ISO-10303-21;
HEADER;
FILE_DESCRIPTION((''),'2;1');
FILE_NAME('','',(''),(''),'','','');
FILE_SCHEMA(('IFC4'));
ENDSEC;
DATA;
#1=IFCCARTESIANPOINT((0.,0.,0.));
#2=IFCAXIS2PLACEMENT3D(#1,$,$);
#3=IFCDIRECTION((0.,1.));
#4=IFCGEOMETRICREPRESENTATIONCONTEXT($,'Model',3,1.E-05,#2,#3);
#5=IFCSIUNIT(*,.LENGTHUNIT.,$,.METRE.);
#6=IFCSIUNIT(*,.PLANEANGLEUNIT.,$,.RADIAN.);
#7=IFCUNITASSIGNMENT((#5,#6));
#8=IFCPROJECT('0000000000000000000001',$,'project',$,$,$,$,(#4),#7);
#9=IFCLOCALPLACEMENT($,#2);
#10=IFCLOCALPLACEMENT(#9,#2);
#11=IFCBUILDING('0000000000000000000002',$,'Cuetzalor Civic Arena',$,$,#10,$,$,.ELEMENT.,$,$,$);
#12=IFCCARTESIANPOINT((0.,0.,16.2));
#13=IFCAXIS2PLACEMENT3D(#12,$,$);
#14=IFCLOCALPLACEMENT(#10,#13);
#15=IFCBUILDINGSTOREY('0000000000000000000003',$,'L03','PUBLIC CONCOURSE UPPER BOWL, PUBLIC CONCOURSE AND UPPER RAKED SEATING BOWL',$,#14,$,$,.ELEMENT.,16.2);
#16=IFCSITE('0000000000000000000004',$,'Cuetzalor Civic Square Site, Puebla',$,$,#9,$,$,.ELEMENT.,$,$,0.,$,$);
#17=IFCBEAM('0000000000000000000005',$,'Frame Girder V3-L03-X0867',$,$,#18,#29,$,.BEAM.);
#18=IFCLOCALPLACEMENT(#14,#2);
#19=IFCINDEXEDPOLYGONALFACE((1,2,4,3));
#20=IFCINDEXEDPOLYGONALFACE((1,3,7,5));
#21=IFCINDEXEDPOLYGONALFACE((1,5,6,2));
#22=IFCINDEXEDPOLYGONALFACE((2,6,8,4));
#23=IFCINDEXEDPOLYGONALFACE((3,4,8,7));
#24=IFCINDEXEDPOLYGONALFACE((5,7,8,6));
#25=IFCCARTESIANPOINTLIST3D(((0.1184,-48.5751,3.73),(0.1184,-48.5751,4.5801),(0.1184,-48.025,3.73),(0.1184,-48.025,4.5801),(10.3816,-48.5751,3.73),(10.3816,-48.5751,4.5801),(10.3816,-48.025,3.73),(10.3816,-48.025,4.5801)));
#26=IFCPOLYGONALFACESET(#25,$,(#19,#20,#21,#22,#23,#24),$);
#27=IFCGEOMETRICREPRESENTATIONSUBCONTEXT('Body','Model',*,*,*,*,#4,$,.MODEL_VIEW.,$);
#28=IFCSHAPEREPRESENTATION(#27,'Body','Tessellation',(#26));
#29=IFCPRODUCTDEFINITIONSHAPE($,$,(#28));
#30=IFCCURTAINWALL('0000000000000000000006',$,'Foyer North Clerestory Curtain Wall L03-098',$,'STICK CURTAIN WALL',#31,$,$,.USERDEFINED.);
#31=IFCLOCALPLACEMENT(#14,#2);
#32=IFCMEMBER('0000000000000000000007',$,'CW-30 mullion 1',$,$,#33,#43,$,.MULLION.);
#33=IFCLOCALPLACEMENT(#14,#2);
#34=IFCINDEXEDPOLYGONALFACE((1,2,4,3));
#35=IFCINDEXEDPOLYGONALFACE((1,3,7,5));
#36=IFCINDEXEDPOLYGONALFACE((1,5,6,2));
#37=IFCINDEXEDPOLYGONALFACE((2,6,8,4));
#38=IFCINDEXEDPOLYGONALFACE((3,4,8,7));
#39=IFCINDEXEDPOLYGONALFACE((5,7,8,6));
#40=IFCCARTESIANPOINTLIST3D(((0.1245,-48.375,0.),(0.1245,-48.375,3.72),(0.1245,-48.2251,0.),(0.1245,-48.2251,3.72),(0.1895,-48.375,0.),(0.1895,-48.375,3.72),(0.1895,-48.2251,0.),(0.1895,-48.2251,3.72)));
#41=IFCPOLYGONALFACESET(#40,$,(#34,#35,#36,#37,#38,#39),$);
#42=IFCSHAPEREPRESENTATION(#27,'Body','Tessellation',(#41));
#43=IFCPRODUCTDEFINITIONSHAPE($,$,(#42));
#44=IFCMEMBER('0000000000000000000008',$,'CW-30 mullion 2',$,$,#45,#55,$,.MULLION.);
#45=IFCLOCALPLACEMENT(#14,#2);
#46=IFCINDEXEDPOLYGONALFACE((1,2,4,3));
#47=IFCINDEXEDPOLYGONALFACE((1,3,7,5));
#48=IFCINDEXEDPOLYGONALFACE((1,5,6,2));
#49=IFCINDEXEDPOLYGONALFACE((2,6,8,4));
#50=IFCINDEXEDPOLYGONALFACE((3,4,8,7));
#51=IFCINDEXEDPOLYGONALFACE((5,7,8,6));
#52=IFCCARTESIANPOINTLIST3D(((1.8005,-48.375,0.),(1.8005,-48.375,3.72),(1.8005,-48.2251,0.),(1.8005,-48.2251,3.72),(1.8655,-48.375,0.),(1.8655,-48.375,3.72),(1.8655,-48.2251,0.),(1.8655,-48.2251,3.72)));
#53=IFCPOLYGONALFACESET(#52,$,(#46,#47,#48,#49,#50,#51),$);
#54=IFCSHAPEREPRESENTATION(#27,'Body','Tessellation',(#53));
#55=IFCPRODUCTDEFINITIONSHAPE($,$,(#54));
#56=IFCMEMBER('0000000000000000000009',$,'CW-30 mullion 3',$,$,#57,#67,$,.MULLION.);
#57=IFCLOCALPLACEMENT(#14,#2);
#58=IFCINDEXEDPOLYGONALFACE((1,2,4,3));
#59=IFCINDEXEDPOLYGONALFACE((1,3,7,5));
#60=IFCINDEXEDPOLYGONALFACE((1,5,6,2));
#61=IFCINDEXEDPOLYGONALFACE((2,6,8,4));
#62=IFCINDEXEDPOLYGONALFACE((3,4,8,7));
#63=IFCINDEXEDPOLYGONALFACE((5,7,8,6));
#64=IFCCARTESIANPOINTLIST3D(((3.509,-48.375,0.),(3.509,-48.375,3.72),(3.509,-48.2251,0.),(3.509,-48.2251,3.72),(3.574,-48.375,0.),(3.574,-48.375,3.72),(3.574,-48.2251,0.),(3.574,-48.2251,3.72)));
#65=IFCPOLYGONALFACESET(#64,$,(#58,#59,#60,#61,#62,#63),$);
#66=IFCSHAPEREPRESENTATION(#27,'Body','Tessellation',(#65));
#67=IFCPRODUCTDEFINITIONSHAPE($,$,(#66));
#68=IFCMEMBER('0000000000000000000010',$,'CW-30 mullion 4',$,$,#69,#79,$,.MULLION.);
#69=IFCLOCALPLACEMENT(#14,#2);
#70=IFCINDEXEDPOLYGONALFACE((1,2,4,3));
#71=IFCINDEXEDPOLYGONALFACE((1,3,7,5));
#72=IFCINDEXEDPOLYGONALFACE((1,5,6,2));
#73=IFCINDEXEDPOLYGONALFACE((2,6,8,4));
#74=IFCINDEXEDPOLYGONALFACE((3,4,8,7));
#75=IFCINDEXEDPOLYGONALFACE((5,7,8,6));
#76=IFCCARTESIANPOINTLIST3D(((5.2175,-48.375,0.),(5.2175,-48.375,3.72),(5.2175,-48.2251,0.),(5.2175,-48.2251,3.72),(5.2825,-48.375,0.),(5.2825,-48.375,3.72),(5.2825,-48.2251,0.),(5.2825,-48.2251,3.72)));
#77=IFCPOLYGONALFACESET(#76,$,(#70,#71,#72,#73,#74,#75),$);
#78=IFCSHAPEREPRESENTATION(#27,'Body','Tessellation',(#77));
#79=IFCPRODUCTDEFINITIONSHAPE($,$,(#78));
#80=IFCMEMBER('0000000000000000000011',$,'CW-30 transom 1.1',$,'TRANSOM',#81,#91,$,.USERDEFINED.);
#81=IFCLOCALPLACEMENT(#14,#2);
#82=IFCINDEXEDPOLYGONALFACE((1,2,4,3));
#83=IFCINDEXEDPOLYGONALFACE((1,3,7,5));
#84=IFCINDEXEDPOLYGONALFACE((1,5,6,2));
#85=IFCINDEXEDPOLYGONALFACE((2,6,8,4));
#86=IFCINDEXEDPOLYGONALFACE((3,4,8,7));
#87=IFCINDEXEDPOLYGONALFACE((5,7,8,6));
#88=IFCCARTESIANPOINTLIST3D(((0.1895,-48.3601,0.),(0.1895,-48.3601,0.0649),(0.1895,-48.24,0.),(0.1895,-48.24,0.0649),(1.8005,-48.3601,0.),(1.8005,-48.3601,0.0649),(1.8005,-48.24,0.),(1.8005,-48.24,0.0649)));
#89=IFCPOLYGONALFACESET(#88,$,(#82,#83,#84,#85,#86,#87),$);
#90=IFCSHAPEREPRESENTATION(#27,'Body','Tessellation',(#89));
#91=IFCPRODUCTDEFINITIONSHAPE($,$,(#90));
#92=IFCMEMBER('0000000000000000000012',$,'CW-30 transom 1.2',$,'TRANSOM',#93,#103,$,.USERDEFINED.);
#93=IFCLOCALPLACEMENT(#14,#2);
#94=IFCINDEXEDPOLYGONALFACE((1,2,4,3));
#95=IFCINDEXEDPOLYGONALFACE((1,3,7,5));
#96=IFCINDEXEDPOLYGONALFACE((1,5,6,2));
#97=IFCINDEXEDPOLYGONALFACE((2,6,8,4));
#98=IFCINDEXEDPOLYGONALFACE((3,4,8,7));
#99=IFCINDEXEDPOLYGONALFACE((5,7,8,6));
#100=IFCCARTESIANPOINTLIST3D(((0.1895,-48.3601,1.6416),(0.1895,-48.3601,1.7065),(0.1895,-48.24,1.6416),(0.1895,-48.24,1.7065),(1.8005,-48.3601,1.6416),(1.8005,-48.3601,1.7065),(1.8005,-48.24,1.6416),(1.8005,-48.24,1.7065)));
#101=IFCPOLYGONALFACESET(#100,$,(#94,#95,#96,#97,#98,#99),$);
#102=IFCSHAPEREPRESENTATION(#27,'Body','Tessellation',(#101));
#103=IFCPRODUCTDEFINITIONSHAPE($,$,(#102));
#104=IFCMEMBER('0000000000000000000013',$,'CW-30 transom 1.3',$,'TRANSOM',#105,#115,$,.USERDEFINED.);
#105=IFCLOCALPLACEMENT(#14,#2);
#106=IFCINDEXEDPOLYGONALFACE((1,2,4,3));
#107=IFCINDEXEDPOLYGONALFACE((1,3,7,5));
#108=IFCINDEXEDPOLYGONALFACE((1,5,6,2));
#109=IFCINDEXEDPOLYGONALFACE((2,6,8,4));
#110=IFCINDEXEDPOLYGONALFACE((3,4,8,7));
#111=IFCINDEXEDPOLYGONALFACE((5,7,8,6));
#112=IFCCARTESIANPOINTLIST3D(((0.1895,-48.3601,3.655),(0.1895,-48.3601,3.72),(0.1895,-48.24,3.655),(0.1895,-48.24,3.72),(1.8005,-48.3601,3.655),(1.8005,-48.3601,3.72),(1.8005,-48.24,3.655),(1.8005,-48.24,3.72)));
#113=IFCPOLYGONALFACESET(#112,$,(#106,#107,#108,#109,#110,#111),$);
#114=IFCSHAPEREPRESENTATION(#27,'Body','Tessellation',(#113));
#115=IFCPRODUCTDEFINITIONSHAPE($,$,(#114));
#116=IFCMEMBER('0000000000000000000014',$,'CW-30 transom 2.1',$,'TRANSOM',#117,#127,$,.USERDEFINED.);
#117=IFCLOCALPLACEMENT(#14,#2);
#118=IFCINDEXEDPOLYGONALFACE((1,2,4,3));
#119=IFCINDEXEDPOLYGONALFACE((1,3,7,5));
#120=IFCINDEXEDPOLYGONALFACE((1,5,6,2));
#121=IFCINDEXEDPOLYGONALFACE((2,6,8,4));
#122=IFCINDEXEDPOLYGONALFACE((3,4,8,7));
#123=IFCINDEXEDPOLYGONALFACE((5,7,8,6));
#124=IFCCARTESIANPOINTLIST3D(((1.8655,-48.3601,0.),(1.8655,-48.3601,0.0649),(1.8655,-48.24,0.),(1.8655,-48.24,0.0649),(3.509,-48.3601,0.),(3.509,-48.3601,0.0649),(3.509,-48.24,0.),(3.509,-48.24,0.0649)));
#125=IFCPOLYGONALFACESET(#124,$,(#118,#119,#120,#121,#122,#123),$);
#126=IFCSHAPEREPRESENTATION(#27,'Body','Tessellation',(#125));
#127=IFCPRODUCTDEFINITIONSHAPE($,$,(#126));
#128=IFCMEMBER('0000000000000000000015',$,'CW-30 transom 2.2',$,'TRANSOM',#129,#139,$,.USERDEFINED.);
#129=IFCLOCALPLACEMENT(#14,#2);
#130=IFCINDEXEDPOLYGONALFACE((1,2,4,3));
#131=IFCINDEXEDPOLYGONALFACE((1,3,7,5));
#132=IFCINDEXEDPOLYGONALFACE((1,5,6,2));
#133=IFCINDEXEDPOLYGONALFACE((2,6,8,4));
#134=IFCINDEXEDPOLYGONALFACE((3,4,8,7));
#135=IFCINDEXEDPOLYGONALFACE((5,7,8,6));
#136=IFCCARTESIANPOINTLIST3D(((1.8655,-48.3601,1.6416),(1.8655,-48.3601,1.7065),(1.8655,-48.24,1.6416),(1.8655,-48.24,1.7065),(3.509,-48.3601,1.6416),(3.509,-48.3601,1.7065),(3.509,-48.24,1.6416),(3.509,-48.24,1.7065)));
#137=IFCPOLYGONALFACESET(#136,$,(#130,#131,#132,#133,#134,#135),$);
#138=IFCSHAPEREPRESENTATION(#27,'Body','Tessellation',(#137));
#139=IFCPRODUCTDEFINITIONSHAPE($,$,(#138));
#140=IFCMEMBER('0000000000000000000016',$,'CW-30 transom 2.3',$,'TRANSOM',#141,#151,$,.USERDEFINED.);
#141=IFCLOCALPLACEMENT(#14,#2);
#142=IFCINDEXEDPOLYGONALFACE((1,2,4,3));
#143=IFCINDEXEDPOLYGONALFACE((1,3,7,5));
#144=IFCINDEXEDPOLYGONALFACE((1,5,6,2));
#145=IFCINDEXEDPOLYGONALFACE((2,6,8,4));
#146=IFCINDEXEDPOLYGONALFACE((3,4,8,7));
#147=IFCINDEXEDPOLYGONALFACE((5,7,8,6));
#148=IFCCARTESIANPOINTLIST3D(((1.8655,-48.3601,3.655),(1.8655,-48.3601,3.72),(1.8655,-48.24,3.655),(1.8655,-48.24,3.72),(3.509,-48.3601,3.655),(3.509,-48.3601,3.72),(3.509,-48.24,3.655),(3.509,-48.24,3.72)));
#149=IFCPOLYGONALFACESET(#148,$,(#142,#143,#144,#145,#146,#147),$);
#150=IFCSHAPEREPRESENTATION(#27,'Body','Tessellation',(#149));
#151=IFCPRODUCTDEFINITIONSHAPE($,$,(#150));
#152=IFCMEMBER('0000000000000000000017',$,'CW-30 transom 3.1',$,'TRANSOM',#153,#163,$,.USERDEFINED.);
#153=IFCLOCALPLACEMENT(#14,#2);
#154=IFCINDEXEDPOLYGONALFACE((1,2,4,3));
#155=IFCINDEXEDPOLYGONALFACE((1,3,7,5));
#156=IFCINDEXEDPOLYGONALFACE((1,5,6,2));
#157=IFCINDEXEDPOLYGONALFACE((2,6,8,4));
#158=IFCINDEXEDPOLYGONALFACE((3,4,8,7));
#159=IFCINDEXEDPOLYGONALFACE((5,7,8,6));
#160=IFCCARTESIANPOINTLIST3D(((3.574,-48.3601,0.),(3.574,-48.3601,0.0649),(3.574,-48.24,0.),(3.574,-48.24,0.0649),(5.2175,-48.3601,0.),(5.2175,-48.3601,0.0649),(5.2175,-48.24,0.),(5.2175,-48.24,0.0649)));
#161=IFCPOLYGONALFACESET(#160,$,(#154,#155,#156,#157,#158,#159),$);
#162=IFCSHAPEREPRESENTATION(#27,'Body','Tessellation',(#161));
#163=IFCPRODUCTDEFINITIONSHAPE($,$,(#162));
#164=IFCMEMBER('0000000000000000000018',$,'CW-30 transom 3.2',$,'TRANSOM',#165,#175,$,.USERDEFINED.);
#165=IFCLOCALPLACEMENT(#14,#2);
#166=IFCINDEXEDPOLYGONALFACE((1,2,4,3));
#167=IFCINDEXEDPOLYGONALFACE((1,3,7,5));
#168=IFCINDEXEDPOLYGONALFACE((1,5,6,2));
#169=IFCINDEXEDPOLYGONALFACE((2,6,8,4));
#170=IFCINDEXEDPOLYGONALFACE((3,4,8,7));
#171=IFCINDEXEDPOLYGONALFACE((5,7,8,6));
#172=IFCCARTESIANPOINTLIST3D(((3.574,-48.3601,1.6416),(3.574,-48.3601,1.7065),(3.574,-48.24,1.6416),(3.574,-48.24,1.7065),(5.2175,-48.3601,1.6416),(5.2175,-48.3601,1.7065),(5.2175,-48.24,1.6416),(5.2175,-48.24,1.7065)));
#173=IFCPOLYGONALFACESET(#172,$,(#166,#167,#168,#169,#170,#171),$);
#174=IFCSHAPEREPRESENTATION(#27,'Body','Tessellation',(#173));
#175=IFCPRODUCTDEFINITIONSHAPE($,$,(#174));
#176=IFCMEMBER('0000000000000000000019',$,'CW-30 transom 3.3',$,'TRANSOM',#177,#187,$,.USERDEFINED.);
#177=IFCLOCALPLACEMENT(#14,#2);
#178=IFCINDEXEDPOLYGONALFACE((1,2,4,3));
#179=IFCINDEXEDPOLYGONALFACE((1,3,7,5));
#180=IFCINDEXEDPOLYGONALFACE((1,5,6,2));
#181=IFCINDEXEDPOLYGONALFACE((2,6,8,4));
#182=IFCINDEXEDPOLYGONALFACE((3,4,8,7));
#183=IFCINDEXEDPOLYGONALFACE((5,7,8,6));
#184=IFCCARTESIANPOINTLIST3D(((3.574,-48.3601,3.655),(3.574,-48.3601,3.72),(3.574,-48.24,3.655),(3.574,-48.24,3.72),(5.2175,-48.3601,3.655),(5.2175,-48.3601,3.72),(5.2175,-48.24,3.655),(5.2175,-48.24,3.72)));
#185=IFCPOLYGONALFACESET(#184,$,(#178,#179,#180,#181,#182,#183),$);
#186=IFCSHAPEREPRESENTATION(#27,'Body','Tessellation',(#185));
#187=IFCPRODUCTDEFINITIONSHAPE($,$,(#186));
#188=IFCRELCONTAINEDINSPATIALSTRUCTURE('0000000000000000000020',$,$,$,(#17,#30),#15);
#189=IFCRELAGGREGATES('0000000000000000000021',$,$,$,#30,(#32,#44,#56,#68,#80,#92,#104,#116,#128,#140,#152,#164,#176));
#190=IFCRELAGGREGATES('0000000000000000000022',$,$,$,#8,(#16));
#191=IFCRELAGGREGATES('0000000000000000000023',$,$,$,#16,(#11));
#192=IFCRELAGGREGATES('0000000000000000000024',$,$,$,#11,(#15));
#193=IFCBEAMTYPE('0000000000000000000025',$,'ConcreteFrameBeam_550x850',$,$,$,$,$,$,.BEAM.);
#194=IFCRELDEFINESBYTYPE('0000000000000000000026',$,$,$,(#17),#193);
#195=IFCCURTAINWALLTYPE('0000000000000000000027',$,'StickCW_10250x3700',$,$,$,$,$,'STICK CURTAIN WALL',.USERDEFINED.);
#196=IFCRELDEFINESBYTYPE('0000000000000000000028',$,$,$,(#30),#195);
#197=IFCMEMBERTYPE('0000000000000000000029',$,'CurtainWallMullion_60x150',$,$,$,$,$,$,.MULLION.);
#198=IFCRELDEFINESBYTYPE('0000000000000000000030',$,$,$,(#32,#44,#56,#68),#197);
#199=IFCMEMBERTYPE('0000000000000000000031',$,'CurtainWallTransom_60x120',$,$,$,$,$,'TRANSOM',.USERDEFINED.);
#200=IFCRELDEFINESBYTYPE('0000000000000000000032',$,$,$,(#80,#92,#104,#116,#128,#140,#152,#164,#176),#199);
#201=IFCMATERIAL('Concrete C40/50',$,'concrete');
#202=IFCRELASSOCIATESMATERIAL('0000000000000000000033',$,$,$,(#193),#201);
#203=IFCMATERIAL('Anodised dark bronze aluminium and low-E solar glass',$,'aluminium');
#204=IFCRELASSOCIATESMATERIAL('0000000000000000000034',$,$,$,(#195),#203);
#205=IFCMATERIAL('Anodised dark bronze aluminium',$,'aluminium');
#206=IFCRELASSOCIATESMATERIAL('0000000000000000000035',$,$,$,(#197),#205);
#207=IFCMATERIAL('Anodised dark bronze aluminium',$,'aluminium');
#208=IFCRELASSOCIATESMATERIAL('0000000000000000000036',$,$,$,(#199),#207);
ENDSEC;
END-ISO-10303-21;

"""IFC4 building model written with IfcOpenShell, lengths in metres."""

from ifc_helpers import new_model, si_unit, direction, frame, origin, origin_2d, place, context, subcontext, project, spatial, rectangle, extrude, material, material_profile, profile_set, type_object, element, aggregate, save


model = new_model("IFC4")

# Units and contexts
model_context = context("Model", 3, precision=1e-05, world=origin(), true_north=direction((0.0, 1.0)))
body_context = subcontext(model_context, "Body", "Model", "MODEL_VIEW")
ifc_project = project(units=[si_unit("LENGTHUNIT", "METRE"), si_unit("PLANEANGLEUNIT", "RADIAN")], contexts=[model_context])

# Site, building, storey
site_placement = place(None, origin())
site = spatial("IfcSite", under=ifc_project, at=site_placement, Name="Cuetzalor Civic Square Site, Puebla", CompositionType="ELEMENT", RefElevation=0.0)
building_placement = place(site_placement, origin())
building = spatial("IfcBuilding", under=site, at=building_placement, Name="Cuetzalor Civic Arena", CompositionType="ELEMENT")
storey_placement = place(building_placement, frame((0.0, 0.0, 16.2)))
storey = spatial("IfcBuildingStorey", under=building, at=storey_placement, Name="L03", Description="PUBLIC CONCOURSE UPPER BOWL, PUBLIC CONCOURSE AND UPPER RAKED SEATING BOWL", CompositionType="ELEMENT", Elevation=16.2)

# Beam
ifc_material_1 = material(Name="Concrete C40/50", Category="concrete")
ifc_material_profile_1 = material_profile(ifc_material_1, rectangle(XDim=0.55, YDim=0.8501, at=origin_2d()), Name="RC 550x850")
ifc_profile_set_1 = profile_set([ifc_material_profile_1], Name="Concrete C40/50")
beam_type = type_object("IfcBeamType", Name="ConcreteFrameBeam_550x850", PredefinedType="BEAM", material=ifc_profile_set_1)
beam_placement = place(storey_placement, frame((0.1184, -48.3, 4.155), z_axis=(1.0, 0.0, 0.0), x_axis=(0.0, 1.0, 0.0)))
element("IfcBeam", 1, at=beam_placement, inside=storey, type_object=beam_type, Name="Frame Girder V3-L03-X0867", PredefinedType="BEAM", context=body_context, shape_type="SweptSolid", body=[
    extrude(rectangle(XDim=0.55, YDim=0.8501, at=origin_2d()), origin(), (0.0, 0.0, 1.0), 10.2632),
])

# Curtain wall, members
ifc_material_2 = material(Name="Anodised dark bronze aluminium and low-E solar glass", Category="aluminium")
curtain_wall_type = type_object("IfcCurtainWallType", Name="StickCW_10250x3700", ElementType="STICK CURTAIN WALL", PredefinedType="USERDEFINED", material=ifc_material_2)
curtain_wall_placement = place(storey_placement, origin())
curtain_wall = element("IfcCurtainWall", 2, at=curtain_wall_placement, inside=storey, type_object=curtain_wall_type, Name="Foyer North Clerestory Curtain Wall L03-098", ObjectType="STICK CURTAIN WALL", PredefinedType="USERDEFINED")
ifc_material_3 = material(Name="Anodised dark bronze aluminium", Category="aluminium")
ifc_material_profile_2 = material_profile(ifc_material_3, rectangle(XDim=0.0649, YDim=0.1499, at=origin_2d()), Name="ALU MULLION 65x150")
ifc_profile_set_2 = profile_set([ifc_material_profile_2], Name="Anodised dark bronze aluminium")
member_type_1 = type_object("IfcMemberType", Name="CurtainWallMullion_60x150", PredefinedType="MULLION", material=ifc_profile_set_2)
member_1_placement = place(storey_placement, frame((0.157, -48.3, 0.0), z_axis=(0.0, 0.0, 1.0), x_axis=(1.0, 0.0, 0.0)))
member_1 = element("IfcMember", 3, at=member_1_placement, type_object=member_type_1, Name="CW-30 mullion 1", PredefinedType="MULLION", context=body_context, shape_type="SweptSolid", body=[
    extrude(rectangle(XDim=0.0649, YDim=0.1499, at=origin_2d()), origin(), (0.0, 0.0, 1.0), 3.72),
])
member_2_placement = place(storey_placement, frame((1.833, -48.3, 0.0), z_axis=(0.0, 0.0, 1.0), x_axis=(1.0, 0.0, 0.0)))
member_2 = element("IfcMember", 4, at=member_2_placement, type_object=member_type_1, Name="CW-30 mullion 2", PredefinedType="MULLION", context=body_context, shape_type="SweptSolid", body=[
    extrude(rectangle(XDim=0.0649, YDim=0.1499, at=origin_2d()), origin(), (0.0, 0.0, 1.0), 3.72),
])
member_3_placement = place(storey_placement, frame((3.5415, -48.3, 0.0), z_axis=(0.0, 0.0, 1.0), x_axis=(1.0, 0.0, 0.0)))
member_3 = element("IfcMember", 5, at=member_3_placement, type_object=member_type_1, Name="CW-30 mullion 3", PredefinedType="MULLION", context=body_context, shape_type="SweptSolid", body=[
    extrude(rectangle(XDim=0.0649, YDim=0.1499, at=origin_2d()), origin(), (0.0, 0.0, 1.0), 3.72),
])
member_4_placement = place(storey_placement, frame((5.25, -48.3, 0.0), z_axis=(0.0, 0.0, 1.0), x_axis=(1.0, 0.0, 0.0)))
member_4 = element("IfcMember", 6, at=member_4_placement, type_object=member_type_1, Name="CW-30 mullion 4", PredefinedType="MULLION", context=body_context, shape_type="SweptSolid", body=[
    extrude(rectangle(XDim=0.0649, YDim=0.1499, at=origin_2d()), origin(), (0.0, 0.0, 1.0), 3.72),
])
ifc_material_4 = material(Name="Anodised dark bronze aluminium", Category="aluminium")
ifc_material_profile_3 = material_profile(ifc_material_4, rectangle(XDim=0.1201, YDim=0.0649, at=origin_2d()), Name="ALU TRANSOM 65x120")
ifc_profile_set_3 = profile_set([ifc_material_profile_3], Name="Anodised dark bronze aluminium")
member_type_2 = type_object("IfcMemberType", Name="CurtainWallTransom_60x120", ElementType="TRANSOM", PredefinedType="USERDEFINED", material=ifc_profile_set_3)
member_5_placement = place(storey_placement, frame((0.1895, -48.3, 0.0325), z_axis=(1.0, 0.0, 0.0), x_axis=(0.0, 1.0, 0.0)))
member_5 = element("IfcMember", 7, at=member_5_placement, type_object=member_type_2, Name="CW-30 transom 1.1", ObjectType="TRANSOM", PredefinedType="USERDEFINED", context=body_context, shape_type="SweptSolid", body=[
    extrude(rectangle(XDim=0.1201, YDim=0.0649, at=origin_2d()), origin(), (0.0, 0.0, 1.0), 1.6111),
])
member_6_placement = place(storey_placement, frame((0.1895, -48.3, 1.6741), z_axis=(1.0, 0.0, 0.0), x_axis=(0.0, 1.0, 0.0)))
member_6 = element("IfcMember", 8, at=member_6_placement, type_object=member_type_2, Name="CW-30 transom 1.2", ObjectType="TRANSOM", PredefinedType="USERDEFINED", context=body_context, shape_type="SweptSolid", body=[
    extrude(rectangle(XDim=0.1201, YDim=0.0649, at=origin_2d()), origin(), (0.0, 0.0, 1.0), 1.6111),
])
member_7_placement = place(storey_placement, frame((0.1895, -48.3, 3.6875), z_axis=(1.0, 0.0, 0.0), x_axis=(0.0, 1.0, 0.0)))
member_7 = element("IfcMember", 9, at=member_7_placement, type_object=member_type_2, Name="CW-30 transom 1.3", ObjectType="TRANSOM", PredefinedType="USERDEFINED", context=body_context, shape_type="SweptSolid", body=[
    extrude(rectangle(XDim=0.1201, YDim=0.0649, at=origin_2d()), origin(), (0.0, 0.0, 1.0), 1.6111),
])
member_8_placement = place(storey_placement, frame((1.8655, -48.3, 0.0325), z_axis=(1.0, 0.0, 0.0), x_axis=(0.0, 1.0, 0.0)))
member_8 = element("IfcMember", 10, at=member_8_placement, type_object=member_type_2, Name="CW-30 transom 2.1", ObjectType="TRANSOM", PredefinedType="USERDEFINED", context=body_context, shape_type="SweptSolid", body=[
    extrude(rectangle(XDim=0.1201, YDim=0.0649, at=origin_2d()), origin(), (0.0, 0.0, 1.0), 1.6436),
])
member_9_placement = place(storey_placement, frame((1.8655, -48.3, 1.6741), z_axis=(1.0, 0.0, 0.0), x_axis=(0.0, 1.0, 0.0)))
member_9 = element("IfcMember", 11, at=member_9_placement, type_object=member_type_2, Name="CW-30 transom 2.2", ObjectType="TRANSOM", PredefinedType="USERDEFINED", context=body_context, shape_type="SweptSolid", body=[
    extrude(rectangle(XDim=0.1201, YDim=0.0649, at=origin_2d()), origin(), (0.0, 0.0, 1.0), 1.6436),
])
member_10_placement = place(storey_placement, frame((1.8655, -48.3, 3.6875), z_axis=(1.0, 0.0, 0.0), x_axis=(0.0, 1.0, 0.0)))
member_10 = element("IfcMember", 12, at=member_10_placement, type_object=member_type_2, Name="CW-30 transom 2.3", ObjectType="TRANSOM", PredefinedType="USERDEFINED", context=body_context, shape_type="SweptSolid", body=[
    extrude(rectangle(XDim=0.1201, YDim=0.0649, at=origin_2d()), origin(), (0.0, 0.0, 1.0), 1.6436),
])
member_11_placement = place(storey_placement, frame((3.574, -48.3, 0.0325), z_axis=(1.0, 0.0, 0.0), x_axis=(0.0, 1.0, 0.0)))
member_11 = element("IfcMember", 13, at=member_11_placement, type_object=member_type_2, Name="CW-30 transom 3.1", ObjectType="TRANSOM", PredefinedType="USERDEFINED", context=body_context, shape_type="SweptSolid", body=[
    extrude(rectangle(XDim=0.1201, YDim=0.0649, at=origin_2d()), origin(), (0.0, 0.0, 1.0), 1.6436),
])
member_12_placement = place(storey_placement, frame((3.574, -48.3, 1.6741), z_axis=(1.0, 0.0, 0.0), x_axis=(0.0, 1.0, 0.0)))
member_12 = element("IfcMember", 14, at=member_12_placement, type_object=member_type_2, Name="CW-30 transom 3.2", ObjectType="TRANSOM", PredefinedType="USERDEFINED", context=body_context, shape_type="SweptSolid", body=[
    extrude(rectangle(XDim=0.1201, YDim=0.0649, at=origin_2d()), origin(), (0.0, 0.0, 1.0), 1.6436),
])
member_13_placement = place(storey_placement, frame((3.574, -48.3, 3.6875), z_axis=(1.0, 0.0, 0.0), x_axis=(0.0, 1.0, 0.0)))
member_13 = element("IfcMember", 15, at=member_13_placement, type_object=member_type_2, Name="CW-30 transom 3.3", ObjectType="TRANSOM", PredefinedType="USERDEFINED", context=body_context, shape_type="SweptSolid", body=[
    extrude(rectangle(XDim=0.1201, YDim=0.0649, at=origin_2d()), origin(), (0.0, 0.0, 1.0), 1.6436),
])
aggregate(curtain_wall, [member_1, member_2, member_3, member_4, member_5, member_6, member_7, member_8, member_9, member_10, member_11, member_12, member_13])

save(model, "model.ifc")
